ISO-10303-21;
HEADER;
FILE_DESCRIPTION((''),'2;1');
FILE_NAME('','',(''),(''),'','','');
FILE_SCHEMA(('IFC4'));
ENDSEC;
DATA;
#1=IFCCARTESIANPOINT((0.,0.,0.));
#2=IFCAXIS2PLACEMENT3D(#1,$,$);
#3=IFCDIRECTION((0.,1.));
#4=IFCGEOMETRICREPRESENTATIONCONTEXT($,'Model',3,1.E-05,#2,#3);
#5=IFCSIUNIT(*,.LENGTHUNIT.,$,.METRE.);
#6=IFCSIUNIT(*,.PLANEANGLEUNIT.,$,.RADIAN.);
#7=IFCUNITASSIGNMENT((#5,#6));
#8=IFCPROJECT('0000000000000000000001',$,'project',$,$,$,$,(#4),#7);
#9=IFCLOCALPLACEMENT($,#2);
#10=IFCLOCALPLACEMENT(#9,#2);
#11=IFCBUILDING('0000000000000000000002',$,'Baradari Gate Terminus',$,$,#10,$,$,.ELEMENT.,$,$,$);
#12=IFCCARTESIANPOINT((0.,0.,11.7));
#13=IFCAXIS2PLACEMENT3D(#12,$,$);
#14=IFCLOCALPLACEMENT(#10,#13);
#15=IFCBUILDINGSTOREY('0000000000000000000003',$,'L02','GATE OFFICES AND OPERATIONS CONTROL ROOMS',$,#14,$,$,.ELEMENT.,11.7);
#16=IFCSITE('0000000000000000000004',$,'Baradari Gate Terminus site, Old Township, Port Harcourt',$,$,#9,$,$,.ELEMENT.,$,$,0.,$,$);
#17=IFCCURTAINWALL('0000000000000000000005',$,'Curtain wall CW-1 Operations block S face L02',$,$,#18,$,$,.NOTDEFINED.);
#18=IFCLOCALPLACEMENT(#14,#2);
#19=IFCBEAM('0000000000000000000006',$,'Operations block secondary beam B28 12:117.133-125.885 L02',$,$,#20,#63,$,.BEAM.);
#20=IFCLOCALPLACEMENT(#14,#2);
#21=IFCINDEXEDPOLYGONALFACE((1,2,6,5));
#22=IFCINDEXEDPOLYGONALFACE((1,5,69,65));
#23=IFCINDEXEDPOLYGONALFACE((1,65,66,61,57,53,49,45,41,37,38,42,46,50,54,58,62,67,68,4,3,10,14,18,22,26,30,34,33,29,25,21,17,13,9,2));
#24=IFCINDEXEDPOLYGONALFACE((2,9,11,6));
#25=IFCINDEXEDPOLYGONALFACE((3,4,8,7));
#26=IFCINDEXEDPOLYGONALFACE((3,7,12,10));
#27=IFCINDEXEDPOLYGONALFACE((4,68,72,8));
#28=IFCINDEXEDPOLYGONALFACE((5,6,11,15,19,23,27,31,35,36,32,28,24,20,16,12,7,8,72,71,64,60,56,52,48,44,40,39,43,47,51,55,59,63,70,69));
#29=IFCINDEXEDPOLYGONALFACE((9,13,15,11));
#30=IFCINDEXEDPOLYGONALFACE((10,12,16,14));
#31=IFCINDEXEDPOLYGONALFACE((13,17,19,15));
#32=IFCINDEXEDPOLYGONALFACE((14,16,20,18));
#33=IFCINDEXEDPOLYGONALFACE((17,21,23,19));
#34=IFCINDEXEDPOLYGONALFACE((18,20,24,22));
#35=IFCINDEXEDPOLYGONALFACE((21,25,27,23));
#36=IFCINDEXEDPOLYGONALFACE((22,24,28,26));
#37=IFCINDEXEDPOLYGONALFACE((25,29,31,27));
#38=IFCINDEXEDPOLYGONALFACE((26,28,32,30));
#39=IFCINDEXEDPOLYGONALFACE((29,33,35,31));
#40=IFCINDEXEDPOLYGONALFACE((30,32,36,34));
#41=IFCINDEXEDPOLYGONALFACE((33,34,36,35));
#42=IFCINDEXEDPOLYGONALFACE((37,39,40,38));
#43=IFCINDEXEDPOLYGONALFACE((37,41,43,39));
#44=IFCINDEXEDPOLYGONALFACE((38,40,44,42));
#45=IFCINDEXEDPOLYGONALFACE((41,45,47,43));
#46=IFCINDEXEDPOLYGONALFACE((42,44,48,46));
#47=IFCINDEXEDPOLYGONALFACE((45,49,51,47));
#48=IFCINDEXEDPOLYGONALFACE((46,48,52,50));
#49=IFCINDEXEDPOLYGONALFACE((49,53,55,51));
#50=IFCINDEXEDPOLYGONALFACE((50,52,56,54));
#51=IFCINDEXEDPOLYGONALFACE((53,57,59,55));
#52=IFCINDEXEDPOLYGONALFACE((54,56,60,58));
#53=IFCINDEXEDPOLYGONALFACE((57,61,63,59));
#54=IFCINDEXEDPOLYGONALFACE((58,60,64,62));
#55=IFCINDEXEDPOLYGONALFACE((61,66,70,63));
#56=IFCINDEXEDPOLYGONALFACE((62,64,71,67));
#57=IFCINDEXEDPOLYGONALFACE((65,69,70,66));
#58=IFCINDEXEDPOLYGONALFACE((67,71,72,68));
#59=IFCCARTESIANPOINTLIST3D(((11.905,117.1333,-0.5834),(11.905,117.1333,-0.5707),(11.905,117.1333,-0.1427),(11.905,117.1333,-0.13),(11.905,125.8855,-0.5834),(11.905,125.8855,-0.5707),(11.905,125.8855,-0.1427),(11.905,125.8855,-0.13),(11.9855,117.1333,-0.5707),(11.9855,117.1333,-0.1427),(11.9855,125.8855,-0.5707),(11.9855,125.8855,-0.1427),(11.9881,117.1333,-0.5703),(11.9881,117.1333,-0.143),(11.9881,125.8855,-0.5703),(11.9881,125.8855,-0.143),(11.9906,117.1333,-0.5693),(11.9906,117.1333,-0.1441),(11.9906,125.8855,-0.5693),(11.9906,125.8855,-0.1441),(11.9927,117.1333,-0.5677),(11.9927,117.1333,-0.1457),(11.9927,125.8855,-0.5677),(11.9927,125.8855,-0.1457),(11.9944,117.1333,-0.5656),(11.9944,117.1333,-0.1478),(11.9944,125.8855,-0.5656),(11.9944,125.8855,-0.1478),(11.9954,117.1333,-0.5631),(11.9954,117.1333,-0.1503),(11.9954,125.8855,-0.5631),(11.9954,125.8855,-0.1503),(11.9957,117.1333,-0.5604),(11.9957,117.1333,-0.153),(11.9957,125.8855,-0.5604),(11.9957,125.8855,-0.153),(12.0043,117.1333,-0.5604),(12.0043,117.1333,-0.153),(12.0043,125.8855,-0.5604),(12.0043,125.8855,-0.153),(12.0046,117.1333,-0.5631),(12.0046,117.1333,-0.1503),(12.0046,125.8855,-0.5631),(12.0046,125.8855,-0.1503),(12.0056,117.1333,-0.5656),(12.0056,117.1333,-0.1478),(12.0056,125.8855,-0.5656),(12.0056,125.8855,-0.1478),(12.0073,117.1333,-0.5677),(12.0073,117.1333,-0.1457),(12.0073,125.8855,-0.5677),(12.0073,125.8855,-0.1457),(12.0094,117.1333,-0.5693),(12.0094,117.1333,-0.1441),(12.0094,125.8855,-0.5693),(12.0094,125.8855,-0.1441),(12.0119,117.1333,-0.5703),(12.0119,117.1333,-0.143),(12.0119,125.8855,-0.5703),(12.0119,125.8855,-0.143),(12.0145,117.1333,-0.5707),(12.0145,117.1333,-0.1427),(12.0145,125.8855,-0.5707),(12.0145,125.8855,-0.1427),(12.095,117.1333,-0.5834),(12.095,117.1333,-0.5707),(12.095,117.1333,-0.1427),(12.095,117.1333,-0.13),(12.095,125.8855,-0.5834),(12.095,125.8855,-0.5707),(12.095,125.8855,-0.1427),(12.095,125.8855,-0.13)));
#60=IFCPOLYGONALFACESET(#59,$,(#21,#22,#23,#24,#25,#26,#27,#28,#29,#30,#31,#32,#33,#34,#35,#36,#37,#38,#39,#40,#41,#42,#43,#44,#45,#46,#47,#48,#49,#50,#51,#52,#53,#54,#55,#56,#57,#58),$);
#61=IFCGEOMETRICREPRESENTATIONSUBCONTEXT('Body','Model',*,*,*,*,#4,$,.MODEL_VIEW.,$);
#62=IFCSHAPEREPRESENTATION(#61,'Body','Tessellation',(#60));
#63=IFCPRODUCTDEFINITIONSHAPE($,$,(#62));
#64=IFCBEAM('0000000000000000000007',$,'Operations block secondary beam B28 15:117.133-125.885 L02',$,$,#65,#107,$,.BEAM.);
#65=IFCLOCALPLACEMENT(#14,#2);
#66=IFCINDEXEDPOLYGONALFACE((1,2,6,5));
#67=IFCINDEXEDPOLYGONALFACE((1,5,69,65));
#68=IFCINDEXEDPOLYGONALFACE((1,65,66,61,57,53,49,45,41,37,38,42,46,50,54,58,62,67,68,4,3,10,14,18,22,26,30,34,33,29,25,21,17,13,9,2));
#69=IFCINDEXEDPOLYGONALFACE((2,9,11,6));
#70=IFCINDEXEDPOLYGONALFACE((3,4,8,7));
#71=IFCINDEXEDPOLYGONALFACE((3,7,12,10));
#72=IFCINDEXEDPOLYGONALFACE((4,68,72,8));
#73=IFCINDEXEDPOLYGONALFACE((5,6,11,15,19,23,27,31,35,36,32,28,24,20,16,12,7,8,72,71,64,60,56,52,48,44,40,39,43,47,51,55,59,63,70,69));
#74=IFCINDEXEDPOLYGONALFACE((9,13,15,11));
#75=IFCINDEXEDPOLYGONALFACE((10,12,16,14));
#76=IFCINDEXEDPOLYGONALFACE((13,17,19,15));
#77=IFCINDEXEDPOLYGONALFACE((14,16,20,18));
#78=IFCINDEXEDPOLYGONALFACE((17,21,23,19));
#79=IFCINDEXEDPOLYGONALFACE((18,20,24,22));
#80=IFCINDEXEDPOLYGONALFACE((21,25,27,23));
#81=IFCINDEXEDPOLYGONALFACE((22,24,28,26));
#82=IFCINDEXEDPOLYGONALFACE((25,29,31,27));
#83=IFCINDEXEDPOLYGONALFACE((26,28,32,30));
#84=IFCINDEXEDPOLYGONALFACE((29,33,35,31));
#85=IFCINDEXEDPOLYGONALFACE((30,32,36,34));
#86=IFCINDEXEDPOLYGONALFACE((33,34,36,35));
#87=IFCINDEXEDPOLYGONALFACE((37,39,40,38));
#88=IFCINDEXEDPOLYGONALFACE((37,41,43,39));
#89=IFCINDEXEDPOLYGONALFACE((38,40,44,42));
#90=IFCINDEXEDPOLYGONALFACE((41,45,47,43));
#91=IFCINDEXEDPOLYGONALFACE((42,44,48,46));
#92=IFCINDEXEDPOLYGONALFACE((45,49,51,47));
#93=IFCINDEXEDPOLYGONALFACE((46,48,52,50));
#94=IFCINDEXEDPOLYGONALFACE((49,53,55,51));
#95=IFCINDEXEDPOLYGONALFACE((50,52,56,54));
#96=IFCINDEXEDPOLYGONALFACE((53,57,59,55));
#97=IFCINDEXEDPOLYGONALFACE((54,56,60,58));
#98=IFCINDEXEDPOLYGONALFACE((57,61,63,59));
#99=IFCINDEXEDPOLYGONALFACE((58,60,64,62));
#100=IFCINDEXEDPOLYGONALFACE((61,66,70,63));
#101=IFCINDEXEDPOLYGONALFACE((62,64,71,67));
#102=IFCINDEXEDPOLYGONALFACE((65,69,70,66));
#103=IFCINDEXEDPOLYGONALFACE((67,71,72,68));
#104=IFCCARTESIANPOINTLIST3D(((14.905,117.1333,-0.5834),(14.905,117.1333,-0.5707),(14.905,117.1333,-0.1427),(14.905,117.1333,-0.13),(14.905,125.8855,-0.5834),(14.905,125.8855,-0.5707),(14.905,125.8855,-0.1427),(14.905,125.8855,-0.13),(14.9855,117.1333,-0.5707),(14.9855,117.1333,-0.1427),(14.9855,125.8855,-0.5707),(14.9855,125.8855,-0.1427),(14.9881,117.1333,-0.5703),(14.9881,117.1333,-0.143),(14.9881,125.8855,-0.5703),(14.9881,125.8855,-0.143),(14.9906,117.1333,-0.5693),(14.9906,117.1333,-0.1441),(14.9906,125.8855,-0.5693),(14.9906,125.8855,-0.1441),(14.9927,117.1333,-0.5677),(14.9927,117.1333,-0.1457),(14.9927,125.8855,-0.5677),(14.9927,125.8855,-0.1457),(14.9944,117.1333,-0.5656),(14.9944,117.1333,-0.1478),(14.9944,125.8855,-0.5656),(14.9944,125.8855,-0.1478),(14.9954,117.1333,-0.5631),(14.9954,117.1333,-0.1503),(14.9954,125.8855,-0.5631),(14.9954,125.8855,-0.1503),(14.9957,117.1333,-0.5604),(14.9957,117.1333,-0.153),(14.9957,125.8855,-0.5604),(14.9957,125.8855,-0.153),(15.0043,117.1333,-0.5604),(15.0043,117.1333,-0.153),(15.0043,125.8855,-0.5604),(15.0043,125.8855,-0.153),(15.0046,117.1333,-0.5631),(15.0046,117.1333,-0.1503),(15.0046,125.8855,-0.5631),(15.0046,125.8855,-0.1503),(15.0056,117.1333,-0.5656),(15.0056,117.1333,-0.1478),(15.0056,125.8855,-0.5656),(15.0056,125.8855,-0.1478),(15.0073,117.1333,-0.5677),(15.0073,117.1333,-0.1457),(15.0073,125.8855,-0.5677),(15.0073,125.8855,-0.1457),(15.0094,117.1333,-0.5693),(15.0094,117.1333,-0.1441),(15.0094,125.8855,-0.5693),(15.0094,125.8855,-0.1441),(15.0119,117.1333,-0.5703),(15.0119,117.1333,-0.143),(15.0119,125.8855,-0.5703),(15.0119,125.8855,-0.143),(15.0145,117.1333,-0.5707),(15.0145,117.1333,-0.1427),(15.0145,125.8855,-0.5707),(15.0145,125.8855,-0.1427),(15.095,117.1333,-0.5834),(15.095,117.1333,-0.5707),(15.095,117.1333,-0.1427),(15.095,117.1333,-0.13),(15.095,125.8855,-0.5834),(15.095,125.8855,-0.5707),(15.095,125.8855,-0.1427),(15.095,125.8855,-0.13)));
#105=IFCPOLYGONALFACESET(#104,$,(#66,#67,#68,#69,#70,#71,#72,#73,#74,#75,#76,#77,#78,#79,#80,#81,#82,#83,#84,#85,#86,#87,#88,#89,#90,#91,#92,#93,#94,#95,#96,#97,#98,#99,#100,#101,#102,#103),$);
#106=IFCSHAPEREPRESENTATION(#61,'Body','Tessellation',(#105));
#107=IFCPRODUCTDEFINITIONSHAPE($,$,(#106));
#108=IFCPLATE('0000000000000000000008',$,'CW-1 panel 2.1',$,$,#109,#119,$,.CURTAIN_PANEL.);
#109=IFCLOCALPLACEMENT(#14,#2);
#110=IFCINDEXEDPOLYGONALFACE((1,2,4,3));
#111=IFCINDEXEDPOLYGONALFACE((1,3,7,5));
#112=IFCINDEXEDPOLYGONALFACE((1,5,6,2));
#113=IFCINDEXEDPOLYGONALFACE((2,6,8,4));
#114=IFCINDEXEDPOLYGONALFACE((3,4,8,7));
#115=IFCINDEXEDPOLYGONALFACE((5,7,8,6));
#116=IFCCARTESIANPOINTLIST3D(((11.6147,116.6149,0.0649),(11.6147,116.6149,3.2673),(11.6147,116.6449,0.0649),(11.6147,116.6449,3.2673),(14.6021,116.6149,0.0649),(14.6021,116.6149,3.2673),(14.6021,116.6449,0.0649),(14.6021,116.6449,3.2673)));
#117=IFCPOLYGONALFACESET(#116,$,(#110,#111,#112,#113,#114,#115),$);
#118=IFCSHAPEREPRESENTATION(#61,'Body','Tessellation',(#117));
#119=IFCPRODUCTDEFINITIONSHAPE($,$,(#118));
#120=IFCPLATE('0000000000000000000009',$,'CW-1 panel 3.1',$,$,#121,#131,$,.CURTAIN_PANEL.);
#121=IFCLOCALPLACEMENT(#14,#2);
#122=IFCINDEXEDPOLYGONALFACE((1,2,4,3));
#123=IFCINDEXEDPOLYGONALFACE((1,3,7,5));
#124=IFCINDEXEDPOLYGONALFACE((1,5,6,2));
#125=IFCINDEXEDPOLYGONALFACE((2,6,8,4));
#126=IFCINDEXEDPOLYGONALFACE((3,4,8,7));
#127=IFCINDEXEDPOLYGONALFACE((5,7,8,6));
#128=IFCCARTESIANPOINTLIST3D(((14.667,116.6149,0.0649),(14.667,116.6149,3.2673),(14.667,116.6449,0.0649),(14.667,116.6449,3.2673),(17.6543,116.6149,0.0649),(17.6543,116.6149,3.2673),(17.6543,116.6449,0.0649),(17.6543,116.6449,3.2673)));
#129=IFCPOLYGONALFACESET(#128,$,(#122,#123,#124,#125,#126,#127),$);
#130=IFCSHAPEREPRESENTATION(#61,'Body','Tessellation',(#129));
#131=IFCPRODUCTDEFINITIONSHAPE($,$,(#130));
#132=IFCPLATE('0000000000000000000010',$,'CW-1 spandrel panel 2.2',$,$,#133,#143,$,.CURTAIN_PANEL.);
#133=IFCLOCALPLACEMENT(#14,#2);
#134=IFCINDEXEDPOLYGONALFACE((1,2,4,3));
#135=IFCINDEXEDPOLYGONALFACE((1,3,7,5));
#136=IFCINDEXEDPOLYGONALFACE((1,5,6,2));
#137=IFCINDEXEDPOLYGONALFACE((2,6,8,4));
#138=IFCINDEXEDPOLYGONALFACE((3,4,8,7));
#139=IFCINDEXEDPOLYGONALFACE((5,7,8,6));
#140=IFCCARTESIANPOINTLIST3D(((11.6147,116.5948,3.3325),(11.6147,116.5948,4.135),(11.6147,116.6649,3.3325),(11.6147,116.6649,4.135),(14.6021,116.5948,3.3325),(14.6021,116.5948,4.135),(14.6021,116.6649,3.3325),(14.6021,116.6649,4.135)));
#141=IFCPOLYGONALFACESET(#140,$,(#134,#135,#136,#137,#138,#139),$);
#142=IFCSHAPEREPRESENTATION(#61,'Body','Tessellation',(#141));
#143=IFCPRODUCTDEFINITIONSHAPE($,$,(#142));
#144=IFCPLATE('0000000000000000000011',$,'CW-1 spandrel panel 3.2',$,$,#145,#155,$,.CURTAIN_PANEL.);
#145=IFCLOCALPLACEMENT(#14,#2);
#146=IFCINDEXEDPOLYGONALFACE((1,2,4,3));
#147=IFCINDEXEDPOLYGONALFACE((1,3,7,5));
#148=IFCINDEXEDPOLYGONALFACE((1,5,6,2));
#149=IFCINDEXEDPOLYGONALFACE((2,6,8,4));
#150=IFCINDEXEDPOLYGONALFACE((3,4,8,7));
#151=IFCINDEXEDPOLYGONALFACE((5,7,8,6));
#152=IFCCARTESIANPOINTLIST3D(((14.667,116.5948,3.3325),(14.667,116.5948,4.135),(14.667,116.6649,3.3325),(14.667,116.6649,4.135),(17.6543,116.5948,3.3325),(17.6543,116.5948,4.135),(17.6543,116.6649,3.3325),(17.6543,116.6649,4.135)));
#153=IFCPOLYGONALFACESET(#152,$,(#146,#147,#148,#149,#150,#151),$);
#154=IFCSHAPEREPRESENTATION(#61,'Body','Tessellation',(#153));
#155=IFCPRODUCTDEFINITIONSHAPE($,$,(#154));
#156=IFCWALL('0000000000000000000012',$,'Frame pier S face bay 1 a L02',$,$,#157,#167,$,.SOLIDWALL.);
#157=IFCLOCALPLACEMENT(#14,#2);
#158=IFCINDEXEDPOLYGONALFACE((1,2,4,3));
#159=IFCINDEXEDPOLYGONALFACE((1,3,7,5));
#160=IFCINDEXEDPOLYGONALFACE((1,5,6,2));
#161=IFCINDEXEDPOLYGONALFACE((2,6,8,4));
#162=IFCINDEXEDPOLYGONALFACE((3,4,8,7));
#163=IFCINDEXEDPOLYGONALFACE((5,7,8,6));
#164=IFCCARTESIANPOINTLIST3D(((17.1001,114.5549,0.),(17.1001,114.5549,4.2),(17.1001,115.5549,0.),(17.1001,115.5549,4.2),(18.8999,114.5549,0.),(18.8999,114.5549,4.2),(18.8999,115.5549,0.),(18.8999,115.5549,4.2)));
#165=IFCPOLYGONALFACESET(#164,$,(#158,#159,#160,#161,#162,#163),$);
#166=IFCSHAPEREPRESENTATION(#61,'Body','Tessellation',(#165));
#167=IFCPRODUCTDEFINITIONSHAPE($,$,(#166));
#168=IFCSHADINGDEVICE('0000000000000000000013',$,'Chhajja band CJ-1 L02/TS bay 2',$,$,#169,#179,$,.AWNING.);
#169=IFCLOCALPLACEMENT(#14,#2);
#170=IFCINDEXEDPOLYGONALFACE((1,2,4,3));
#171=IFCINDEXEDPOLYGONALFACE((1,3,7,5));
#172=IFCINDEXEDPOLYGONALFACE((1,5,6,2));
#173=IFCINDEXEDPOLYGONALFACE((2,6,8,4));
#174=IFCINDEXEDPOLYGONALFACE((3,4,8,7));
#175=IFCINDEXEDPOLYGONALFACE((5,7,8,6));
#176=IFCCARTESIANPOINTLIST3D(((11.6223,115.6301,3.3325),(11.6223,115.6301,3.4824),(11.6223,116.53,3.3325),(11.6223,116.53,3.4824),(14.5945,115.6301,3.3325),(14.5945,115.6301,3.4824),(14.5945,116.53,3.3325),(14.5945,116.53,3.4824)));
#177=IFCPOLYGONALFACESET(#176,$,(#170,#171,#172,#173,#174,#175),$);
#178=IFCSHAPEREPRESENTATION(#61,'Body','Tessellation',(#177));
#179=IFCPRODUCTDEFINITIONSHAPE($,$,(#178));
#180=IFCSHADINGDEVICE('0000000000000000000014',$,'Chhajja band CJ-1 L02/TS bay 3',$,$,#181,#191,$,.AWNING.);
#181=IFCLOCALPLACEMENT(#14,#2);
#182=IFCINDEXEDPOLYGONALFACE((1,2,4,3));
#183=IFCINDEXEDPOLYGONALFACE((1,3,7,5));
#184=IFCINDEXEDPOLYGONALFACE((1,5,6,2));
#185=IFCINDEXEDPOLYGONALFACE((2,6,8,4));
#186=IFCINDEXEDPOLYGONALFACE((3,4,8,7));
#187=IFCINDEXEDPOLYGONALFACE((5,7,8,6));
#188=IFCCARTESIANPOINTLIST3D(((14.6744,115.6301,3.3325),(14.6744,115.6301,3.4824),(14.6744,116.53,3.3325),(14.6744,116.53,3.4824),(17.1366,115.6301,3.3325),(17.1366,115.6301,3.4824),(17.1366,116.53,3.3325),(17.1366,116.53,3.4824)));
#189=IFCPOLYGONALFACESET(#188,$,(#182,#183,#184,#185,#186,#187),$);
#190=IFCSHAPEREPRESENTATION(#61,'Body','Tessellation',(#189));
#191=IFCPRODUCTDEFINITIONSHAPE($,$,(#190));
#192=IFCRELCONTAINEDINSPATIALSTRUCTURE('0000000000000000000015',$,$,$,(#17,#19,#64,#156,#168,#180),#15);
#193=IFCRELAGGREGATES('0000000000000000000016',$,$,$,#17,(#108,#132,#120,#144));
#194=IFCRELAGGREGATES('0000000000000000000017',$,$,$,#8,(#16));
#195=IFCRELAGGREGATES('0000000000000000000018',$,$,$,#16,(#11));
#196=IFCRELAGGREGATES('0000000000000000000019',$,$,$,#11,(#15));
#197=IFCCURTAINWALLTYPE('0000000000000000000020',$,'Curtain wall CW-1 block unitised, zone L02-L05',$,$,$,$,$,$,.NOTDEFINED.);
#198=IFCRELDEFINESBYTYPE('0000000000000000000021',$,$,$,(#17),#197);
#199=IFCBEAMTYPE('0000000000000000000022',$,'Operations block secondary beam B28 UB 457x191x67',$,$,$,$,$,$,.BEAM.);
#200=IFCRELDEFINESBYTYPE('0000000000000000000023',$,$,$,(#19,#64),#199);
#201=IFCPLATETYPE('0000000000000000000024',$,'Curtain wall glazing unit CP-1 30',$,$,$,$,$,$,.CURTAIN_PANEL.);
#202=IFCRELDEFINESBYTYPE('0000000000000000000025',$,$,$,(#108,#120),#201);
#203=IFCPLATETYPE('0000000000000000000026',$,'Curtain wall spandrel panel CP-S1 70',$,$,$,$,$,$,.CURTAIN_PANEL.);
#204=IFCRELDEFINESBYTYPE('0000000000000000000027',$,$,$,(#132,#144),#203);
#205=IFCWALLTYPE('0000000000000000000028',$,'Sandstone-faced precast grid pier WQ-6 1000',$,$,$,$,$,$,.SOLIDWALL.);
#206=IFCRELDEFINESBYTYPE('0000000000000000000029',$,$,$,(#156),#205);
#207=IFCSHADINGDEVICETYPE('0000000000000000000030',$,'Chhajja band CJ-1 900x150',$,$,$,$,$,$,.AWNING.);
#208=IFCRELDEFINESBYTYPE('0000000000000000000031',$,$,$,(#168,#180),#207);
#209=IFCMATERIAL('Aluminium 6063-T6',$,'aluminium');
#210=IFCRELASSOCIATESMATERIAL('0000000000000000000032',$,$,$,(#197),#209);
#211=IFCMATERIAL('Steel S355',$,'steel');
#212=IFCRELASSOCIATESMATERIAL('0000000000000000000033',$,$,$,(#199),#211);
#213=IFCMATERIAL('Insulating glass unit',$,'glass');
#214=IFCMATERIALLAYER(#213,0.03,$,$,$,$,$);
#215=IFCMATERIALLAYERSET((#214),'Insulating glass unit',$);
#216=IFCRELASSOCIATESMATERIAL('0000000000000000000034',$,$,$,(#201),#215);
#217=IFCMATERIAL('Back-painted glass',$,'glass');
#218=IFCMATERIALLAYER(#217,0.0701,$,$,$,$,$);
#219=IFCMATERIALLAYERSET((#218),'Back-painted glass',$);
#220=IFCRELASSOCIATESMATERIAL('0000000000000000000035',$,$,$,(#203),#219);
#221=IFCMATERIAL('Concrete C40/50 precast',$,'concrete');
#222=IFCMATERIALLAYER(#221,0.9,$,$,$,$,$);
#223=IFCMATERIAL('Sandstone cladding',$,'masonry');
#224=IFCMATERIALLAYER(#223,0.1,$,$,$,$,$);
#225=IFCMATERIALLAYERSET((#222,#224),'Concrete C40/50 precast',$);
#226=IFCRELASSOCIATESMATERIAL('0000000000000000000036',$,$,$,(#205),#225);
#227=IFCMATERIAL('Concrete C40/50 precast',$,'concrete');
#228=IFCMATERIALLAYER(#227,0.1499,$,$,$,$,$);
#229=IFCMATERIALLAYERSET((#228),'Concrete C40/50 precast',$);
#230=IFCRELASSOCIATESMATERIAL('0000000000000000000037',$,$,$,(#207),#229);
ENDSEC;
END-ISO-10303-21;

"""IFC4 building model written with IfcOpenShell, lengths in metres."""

from ifc_helpers import new_model, si_unit, direction, frame, frame_2d, origin, origin_2d, place, context, subcontext, project, spatial, rectangle, i_section, extrude, material, layer, layer_set, material_profile, profile_set, type_object, element, aggregate, save


model = new_model("IFC4")

# Units and contexts
model_context = context("Model", 3, precision=1e-05, world=origin(), true_north=direction((0.0, 1.0)))
body_context = subcontext(model_context, "Body", "Model", "MODEL_VIEW")
ifc_project = project(units=[si_unit("LENGTHUNIT", "METRE"), si_unit("PLANEANGLEUNIT", "RADIAN")], contexts=[model_context])

# Site, building, storey
site_placement = place(None, origin())
site = spatial("IfcSite", under=ifc_project, at=site_placement, Name="Baradari Gate Terminus site, Old Township, Port Harcourt", CompositionType="ELEMENT", RefElevation=0.0)
building_placement = place(site_placement, origin())
building = spatial("IfcBuilding", under=site, at=building_placement, Name="Baradari Gate Terminus", CompositionType="ELEMENT")
storey_placement = place(building_placement, frame((0.0, 0.0, 11.7)))
storey = spatial("IfcBuildingStorey", under=building, at=storey_placement, Name="L02", Description="GATE OFFICES AND OPERATIONS CONTROL ROOMS", CompositionType="ELEMENT", Elevation=11.7)

# Curtain wall
ifc_material_1 = material(Name="Aluminium 6063-T6", Category="aluminium")
curtain_wall_type = type_object("IfcCurtainWallType", Name="Curtain wall CW-1 block unitised, zone L02-L05", PredefinedType="NOTDEFINED", material=ifc_material_1)
curtain_wall_placement = place(storey_placement, origin())
curtain_wall = element("IfcCurtainWall", 1, at=curtain_wall_placement, inside=storey, type_object=curtain_wall_type, Name="Curtain wall CW-1 Operations block S face L02", PredefinedType="NOTDEFINED")

# Beams
ifc_material_2 = material(Name="Steel S355", Category="steel")
ifc_material_profile_1 = material_profile(ifc_material_2, i_section(OverallWidth=0.1899, OverallDepth=0.4534, WebThickness=0.0085, FlangeThickness=0.0127, FilletRadius=0.0103, at=origin_2d()), Name="UB 457x191x67")
ifc_profile_set_1 = profile_set([ifc_material_profile_1], Name="Steel S355")
beam_type = type_object("IfcBeamType", Name="Operations block secondary beam B28 UB 457x191x67", PredefinedType="BEAM", material=ifc_profile_set_1)
for number, where, z_axis, x_axis, name in (
    (2, (12.0, 117.1333, -0.3567), (0.0, 1.0, 0.0), (-1.0, 0.0, 0.0), "Operations block secondary beam B28 12:117.133-125.885 L02"),
    (3, (15.0, 117.1333, -0.3567), (0.0, 1.0, 0.0), (-1.0, 0.0, 0.0), "Operations block secondary beam B28 15:117.133-125.885 L02"),
):
    element("IfcBeam", number, at=place(storey_placement, frame(where, z_axis=z_axis, x_axis=x_axis)), inside=storey, type_object=beam_type, Name=name, PredefinedType="BEAM", context=body_context, shape_type="SweptSolid", body=[
        extrude(i_section(OverallWidth=0.1899, OverallDepth=0.4534, WebThickness=0.0085, FlangeThickness=0.0127, FilletRadius=0.0103, at=origin_2d()), origin(), (0.0, 0.0, 1.0), 8.7522),
    ])

# Plates
ifc_material_3 = material(Name="Insulating glass unit", Category="glass")
ifc_layer_1 = layer(ifc_material_3, 0.03)
ifc_layer_set_1 = layer_set([ifc_layer_1], Name="Insulating glass unit")
plate_type_1 = type_object("IfcPlateType", Name="Curtain wall glazing unit CP-1 30", PredefinedType="CURTAIN_PANEL", material=ifc_layer_set_1)
plate_1_placement = place(storey_placement, frame((13.1084, 116.6299, 0.0649), z_axis=(0.0, 0.0, 1.0), x_axis=(1.0, 0.0, 0.0)))
plate_1 = element("IfcPlate", 4, at=plate_1_placement, type_object=plate_type_1, Name="CW-1 panel 2.1", PredefinedType="CURTAIN_PANEL", context=body_context, shape_type="SweptSolid", body=[
    extrude(rectangle(XDim=2.9873, YDim=0.03, at=origin_2d()), origin(), (0.0, 0.0, 1.0), 3.2024),
])
plate_2_placement = place(storey_placement, frame((16.1606, 116.6299, 0.0649), z_axis=(0.0, 0.0, 1.0), x_axis=(1.0, 0.0, 0.0)))
plate_2 = element("IfcPlate", 5, at=plate_2_placement, type_object=plate_type_1, Name="CW-1 panel 3.1", PredefinedType="CURTAIN_PANEL", context=body_context, shape_type="SweptSolid", body=[
    extrude(rectangle(XDim=2.9873, YDim=0.03, at=origin_2d()), origin(), (0.0, 0.0, 1.0), 3.2024),
])
ifc_material_4 = material(Name="Back-painted glass", Category="glass")
ifc_layer_2 = layer(ifc_material_4, 0.0701)
ifc_layer_set_2 = layer_set([ifc_layer_2], Name="Back-painted glass")
plate_type_2 = type_object("IfcPlateType", Name="Curtain wall spandrel panel CP-S1 70", PredefinedType="CURTAIN_PANEL", material=ifc_layer_set_2)
plate_3_placement = place(storey_placement, frame((13.1084, 116.6299, 3.3325), z_axis=(0.0, 0.0, 1.0), x_axis=(1.0, 0.0, 0.0)))
plate_3 = element("IfcPlate", 6, at=plate_3_placement, type_object=plate_type_2, Name="CW-1 spandrel panel 2.2", PredefinedType="CURTAIN_PANEL", context=body_context, shape_type="SweptSolid", body=[
    extrude(rectangle(XDim=2.9873, YDim=0.0701, at=origin_2d()), origin(), (0.0, 0.0, 1.0), 0.8025),
])
plate_4_placement = place(storey_placement, frame((16.1606, 116.6299, 3.3325), z_axis=(0.0, 0.0, 1.0), x_axis=(1.0, 0.0, 0.0)))
plate_4 = element("IfcPlate", 7, at=plate_4_placement, type_object=plate_type_2, Name="CW-1 spandrel panel 3.2", PredefinedType="CURTAIN_PANEL", context=body_context, shape_type="SweptSolid", body=[
    extrude(rectangle(XDim=2.9873, YDim=0.0701, at=origin_2d()), origin(), (0.0, 0.0, 1.0), 0.8025),
])
aggregate(curtain_wall, [plate_1, plate_3, plate_2, plate_4])

# Wall
ifc_material_5 = material(Name="Concrete C40/50 precast", Category="concrete")
ifc_layer_3 = layer(ifc_material_5, 0.9)
ifc_material_6 = material(Name="Sandstone cladding", Category="masonry")
ifc_layer_4 = layer(ifc_material_6, 0.1)
ifc_layer_set_3 = layer_set([ifc_layer_3, ifc_layer_4], Name="Concrete C40/50 precast")
wall_type = type_object("IfcWallType", Name="Sandstone-faced precast grid pier WQ-6 1000", PredefinedType="SOLIDWALL", material=ifc_layer_set_3)
wall_placement = place(storey_placement, frame((17.1001, 115.0549, 0.0), z_axis=(0.0, 0.0, 1.0), x_axis=(1.0, 0.0, 0.0)))
element("IfcWall", 8, at=wall_placement, inside=storey, type_object=wall_type, Name="Frame pier S face bay 1 a L02", PredefinedType="SOLIDWALL", context=body_context, shape_type="SweptSolid", body=[
    extrude(rectangle(XDim=1.7998, YDim=1.0, at=frame_2d((0.8999, 0.0))), origin(), (0.0, 0.0, 1.0), 4.2),
])

# Shading devices
ifc_material_7 = material(Name="Concrete C40/50 precast", Category="concrete")
ifc_layer_5 = layer(ifc_material_7, 0.1499)
ifc_layer_set_4 = layer_set([ifc_layer_5], Name="Concrete C40/50 precast")
shading_device_type_1 = type_object("IfcShadingDeviceType", Name="Chhajja band CJ-1 900x150", PredefinedType="AWNING", material=ifc_layer_set_4)
shading_device_1_placement = place(storey_placement, frame((13.1084, 116.0801, 3.3325), z_axis=(0.0, 0.0, 1.0), x_axis=(1.0, 0.0, 0.0)))
element("IfcShadingDevice", 9, at=shading_device_1_placement, inside=storey, type_object=shading_device_type_1, Name="Chhajja band CJ-1 L02/TS bay 2", PredefinedType="AWNING", context=body_context, shape_type="SweptSolid", body=[
    extrude(rectangle(XDim=2.9722, YDim=0.8999, at=origin_2d()), origin(), (0.0, 0.0, 1.0), 0.1499),
])
shading_device_2_placement = place(storey_placement, frame((15.9055, 116.0801, 3.3325), z_axis=(0.0, 0.0, 1.0), x_axis=(1.0, 0.0, 0.0)))
element("IfcShadingDevice", 10, at=shading_device_2_placement, inside=storey, type_object=shading_device_type_1, Name="Chhajja band CJ-1 L02/TS bay 3", PredefinedType="AWNING", context=body_context, shape_type="SweptSolid", body=[
    extrude(rectangle(XDim=2.4622, YDim=0.8999, at=origin_2d()), origin(), (0.0, 0.0, 1.0), 0.1499),
])

save(model, "model.ifc")
